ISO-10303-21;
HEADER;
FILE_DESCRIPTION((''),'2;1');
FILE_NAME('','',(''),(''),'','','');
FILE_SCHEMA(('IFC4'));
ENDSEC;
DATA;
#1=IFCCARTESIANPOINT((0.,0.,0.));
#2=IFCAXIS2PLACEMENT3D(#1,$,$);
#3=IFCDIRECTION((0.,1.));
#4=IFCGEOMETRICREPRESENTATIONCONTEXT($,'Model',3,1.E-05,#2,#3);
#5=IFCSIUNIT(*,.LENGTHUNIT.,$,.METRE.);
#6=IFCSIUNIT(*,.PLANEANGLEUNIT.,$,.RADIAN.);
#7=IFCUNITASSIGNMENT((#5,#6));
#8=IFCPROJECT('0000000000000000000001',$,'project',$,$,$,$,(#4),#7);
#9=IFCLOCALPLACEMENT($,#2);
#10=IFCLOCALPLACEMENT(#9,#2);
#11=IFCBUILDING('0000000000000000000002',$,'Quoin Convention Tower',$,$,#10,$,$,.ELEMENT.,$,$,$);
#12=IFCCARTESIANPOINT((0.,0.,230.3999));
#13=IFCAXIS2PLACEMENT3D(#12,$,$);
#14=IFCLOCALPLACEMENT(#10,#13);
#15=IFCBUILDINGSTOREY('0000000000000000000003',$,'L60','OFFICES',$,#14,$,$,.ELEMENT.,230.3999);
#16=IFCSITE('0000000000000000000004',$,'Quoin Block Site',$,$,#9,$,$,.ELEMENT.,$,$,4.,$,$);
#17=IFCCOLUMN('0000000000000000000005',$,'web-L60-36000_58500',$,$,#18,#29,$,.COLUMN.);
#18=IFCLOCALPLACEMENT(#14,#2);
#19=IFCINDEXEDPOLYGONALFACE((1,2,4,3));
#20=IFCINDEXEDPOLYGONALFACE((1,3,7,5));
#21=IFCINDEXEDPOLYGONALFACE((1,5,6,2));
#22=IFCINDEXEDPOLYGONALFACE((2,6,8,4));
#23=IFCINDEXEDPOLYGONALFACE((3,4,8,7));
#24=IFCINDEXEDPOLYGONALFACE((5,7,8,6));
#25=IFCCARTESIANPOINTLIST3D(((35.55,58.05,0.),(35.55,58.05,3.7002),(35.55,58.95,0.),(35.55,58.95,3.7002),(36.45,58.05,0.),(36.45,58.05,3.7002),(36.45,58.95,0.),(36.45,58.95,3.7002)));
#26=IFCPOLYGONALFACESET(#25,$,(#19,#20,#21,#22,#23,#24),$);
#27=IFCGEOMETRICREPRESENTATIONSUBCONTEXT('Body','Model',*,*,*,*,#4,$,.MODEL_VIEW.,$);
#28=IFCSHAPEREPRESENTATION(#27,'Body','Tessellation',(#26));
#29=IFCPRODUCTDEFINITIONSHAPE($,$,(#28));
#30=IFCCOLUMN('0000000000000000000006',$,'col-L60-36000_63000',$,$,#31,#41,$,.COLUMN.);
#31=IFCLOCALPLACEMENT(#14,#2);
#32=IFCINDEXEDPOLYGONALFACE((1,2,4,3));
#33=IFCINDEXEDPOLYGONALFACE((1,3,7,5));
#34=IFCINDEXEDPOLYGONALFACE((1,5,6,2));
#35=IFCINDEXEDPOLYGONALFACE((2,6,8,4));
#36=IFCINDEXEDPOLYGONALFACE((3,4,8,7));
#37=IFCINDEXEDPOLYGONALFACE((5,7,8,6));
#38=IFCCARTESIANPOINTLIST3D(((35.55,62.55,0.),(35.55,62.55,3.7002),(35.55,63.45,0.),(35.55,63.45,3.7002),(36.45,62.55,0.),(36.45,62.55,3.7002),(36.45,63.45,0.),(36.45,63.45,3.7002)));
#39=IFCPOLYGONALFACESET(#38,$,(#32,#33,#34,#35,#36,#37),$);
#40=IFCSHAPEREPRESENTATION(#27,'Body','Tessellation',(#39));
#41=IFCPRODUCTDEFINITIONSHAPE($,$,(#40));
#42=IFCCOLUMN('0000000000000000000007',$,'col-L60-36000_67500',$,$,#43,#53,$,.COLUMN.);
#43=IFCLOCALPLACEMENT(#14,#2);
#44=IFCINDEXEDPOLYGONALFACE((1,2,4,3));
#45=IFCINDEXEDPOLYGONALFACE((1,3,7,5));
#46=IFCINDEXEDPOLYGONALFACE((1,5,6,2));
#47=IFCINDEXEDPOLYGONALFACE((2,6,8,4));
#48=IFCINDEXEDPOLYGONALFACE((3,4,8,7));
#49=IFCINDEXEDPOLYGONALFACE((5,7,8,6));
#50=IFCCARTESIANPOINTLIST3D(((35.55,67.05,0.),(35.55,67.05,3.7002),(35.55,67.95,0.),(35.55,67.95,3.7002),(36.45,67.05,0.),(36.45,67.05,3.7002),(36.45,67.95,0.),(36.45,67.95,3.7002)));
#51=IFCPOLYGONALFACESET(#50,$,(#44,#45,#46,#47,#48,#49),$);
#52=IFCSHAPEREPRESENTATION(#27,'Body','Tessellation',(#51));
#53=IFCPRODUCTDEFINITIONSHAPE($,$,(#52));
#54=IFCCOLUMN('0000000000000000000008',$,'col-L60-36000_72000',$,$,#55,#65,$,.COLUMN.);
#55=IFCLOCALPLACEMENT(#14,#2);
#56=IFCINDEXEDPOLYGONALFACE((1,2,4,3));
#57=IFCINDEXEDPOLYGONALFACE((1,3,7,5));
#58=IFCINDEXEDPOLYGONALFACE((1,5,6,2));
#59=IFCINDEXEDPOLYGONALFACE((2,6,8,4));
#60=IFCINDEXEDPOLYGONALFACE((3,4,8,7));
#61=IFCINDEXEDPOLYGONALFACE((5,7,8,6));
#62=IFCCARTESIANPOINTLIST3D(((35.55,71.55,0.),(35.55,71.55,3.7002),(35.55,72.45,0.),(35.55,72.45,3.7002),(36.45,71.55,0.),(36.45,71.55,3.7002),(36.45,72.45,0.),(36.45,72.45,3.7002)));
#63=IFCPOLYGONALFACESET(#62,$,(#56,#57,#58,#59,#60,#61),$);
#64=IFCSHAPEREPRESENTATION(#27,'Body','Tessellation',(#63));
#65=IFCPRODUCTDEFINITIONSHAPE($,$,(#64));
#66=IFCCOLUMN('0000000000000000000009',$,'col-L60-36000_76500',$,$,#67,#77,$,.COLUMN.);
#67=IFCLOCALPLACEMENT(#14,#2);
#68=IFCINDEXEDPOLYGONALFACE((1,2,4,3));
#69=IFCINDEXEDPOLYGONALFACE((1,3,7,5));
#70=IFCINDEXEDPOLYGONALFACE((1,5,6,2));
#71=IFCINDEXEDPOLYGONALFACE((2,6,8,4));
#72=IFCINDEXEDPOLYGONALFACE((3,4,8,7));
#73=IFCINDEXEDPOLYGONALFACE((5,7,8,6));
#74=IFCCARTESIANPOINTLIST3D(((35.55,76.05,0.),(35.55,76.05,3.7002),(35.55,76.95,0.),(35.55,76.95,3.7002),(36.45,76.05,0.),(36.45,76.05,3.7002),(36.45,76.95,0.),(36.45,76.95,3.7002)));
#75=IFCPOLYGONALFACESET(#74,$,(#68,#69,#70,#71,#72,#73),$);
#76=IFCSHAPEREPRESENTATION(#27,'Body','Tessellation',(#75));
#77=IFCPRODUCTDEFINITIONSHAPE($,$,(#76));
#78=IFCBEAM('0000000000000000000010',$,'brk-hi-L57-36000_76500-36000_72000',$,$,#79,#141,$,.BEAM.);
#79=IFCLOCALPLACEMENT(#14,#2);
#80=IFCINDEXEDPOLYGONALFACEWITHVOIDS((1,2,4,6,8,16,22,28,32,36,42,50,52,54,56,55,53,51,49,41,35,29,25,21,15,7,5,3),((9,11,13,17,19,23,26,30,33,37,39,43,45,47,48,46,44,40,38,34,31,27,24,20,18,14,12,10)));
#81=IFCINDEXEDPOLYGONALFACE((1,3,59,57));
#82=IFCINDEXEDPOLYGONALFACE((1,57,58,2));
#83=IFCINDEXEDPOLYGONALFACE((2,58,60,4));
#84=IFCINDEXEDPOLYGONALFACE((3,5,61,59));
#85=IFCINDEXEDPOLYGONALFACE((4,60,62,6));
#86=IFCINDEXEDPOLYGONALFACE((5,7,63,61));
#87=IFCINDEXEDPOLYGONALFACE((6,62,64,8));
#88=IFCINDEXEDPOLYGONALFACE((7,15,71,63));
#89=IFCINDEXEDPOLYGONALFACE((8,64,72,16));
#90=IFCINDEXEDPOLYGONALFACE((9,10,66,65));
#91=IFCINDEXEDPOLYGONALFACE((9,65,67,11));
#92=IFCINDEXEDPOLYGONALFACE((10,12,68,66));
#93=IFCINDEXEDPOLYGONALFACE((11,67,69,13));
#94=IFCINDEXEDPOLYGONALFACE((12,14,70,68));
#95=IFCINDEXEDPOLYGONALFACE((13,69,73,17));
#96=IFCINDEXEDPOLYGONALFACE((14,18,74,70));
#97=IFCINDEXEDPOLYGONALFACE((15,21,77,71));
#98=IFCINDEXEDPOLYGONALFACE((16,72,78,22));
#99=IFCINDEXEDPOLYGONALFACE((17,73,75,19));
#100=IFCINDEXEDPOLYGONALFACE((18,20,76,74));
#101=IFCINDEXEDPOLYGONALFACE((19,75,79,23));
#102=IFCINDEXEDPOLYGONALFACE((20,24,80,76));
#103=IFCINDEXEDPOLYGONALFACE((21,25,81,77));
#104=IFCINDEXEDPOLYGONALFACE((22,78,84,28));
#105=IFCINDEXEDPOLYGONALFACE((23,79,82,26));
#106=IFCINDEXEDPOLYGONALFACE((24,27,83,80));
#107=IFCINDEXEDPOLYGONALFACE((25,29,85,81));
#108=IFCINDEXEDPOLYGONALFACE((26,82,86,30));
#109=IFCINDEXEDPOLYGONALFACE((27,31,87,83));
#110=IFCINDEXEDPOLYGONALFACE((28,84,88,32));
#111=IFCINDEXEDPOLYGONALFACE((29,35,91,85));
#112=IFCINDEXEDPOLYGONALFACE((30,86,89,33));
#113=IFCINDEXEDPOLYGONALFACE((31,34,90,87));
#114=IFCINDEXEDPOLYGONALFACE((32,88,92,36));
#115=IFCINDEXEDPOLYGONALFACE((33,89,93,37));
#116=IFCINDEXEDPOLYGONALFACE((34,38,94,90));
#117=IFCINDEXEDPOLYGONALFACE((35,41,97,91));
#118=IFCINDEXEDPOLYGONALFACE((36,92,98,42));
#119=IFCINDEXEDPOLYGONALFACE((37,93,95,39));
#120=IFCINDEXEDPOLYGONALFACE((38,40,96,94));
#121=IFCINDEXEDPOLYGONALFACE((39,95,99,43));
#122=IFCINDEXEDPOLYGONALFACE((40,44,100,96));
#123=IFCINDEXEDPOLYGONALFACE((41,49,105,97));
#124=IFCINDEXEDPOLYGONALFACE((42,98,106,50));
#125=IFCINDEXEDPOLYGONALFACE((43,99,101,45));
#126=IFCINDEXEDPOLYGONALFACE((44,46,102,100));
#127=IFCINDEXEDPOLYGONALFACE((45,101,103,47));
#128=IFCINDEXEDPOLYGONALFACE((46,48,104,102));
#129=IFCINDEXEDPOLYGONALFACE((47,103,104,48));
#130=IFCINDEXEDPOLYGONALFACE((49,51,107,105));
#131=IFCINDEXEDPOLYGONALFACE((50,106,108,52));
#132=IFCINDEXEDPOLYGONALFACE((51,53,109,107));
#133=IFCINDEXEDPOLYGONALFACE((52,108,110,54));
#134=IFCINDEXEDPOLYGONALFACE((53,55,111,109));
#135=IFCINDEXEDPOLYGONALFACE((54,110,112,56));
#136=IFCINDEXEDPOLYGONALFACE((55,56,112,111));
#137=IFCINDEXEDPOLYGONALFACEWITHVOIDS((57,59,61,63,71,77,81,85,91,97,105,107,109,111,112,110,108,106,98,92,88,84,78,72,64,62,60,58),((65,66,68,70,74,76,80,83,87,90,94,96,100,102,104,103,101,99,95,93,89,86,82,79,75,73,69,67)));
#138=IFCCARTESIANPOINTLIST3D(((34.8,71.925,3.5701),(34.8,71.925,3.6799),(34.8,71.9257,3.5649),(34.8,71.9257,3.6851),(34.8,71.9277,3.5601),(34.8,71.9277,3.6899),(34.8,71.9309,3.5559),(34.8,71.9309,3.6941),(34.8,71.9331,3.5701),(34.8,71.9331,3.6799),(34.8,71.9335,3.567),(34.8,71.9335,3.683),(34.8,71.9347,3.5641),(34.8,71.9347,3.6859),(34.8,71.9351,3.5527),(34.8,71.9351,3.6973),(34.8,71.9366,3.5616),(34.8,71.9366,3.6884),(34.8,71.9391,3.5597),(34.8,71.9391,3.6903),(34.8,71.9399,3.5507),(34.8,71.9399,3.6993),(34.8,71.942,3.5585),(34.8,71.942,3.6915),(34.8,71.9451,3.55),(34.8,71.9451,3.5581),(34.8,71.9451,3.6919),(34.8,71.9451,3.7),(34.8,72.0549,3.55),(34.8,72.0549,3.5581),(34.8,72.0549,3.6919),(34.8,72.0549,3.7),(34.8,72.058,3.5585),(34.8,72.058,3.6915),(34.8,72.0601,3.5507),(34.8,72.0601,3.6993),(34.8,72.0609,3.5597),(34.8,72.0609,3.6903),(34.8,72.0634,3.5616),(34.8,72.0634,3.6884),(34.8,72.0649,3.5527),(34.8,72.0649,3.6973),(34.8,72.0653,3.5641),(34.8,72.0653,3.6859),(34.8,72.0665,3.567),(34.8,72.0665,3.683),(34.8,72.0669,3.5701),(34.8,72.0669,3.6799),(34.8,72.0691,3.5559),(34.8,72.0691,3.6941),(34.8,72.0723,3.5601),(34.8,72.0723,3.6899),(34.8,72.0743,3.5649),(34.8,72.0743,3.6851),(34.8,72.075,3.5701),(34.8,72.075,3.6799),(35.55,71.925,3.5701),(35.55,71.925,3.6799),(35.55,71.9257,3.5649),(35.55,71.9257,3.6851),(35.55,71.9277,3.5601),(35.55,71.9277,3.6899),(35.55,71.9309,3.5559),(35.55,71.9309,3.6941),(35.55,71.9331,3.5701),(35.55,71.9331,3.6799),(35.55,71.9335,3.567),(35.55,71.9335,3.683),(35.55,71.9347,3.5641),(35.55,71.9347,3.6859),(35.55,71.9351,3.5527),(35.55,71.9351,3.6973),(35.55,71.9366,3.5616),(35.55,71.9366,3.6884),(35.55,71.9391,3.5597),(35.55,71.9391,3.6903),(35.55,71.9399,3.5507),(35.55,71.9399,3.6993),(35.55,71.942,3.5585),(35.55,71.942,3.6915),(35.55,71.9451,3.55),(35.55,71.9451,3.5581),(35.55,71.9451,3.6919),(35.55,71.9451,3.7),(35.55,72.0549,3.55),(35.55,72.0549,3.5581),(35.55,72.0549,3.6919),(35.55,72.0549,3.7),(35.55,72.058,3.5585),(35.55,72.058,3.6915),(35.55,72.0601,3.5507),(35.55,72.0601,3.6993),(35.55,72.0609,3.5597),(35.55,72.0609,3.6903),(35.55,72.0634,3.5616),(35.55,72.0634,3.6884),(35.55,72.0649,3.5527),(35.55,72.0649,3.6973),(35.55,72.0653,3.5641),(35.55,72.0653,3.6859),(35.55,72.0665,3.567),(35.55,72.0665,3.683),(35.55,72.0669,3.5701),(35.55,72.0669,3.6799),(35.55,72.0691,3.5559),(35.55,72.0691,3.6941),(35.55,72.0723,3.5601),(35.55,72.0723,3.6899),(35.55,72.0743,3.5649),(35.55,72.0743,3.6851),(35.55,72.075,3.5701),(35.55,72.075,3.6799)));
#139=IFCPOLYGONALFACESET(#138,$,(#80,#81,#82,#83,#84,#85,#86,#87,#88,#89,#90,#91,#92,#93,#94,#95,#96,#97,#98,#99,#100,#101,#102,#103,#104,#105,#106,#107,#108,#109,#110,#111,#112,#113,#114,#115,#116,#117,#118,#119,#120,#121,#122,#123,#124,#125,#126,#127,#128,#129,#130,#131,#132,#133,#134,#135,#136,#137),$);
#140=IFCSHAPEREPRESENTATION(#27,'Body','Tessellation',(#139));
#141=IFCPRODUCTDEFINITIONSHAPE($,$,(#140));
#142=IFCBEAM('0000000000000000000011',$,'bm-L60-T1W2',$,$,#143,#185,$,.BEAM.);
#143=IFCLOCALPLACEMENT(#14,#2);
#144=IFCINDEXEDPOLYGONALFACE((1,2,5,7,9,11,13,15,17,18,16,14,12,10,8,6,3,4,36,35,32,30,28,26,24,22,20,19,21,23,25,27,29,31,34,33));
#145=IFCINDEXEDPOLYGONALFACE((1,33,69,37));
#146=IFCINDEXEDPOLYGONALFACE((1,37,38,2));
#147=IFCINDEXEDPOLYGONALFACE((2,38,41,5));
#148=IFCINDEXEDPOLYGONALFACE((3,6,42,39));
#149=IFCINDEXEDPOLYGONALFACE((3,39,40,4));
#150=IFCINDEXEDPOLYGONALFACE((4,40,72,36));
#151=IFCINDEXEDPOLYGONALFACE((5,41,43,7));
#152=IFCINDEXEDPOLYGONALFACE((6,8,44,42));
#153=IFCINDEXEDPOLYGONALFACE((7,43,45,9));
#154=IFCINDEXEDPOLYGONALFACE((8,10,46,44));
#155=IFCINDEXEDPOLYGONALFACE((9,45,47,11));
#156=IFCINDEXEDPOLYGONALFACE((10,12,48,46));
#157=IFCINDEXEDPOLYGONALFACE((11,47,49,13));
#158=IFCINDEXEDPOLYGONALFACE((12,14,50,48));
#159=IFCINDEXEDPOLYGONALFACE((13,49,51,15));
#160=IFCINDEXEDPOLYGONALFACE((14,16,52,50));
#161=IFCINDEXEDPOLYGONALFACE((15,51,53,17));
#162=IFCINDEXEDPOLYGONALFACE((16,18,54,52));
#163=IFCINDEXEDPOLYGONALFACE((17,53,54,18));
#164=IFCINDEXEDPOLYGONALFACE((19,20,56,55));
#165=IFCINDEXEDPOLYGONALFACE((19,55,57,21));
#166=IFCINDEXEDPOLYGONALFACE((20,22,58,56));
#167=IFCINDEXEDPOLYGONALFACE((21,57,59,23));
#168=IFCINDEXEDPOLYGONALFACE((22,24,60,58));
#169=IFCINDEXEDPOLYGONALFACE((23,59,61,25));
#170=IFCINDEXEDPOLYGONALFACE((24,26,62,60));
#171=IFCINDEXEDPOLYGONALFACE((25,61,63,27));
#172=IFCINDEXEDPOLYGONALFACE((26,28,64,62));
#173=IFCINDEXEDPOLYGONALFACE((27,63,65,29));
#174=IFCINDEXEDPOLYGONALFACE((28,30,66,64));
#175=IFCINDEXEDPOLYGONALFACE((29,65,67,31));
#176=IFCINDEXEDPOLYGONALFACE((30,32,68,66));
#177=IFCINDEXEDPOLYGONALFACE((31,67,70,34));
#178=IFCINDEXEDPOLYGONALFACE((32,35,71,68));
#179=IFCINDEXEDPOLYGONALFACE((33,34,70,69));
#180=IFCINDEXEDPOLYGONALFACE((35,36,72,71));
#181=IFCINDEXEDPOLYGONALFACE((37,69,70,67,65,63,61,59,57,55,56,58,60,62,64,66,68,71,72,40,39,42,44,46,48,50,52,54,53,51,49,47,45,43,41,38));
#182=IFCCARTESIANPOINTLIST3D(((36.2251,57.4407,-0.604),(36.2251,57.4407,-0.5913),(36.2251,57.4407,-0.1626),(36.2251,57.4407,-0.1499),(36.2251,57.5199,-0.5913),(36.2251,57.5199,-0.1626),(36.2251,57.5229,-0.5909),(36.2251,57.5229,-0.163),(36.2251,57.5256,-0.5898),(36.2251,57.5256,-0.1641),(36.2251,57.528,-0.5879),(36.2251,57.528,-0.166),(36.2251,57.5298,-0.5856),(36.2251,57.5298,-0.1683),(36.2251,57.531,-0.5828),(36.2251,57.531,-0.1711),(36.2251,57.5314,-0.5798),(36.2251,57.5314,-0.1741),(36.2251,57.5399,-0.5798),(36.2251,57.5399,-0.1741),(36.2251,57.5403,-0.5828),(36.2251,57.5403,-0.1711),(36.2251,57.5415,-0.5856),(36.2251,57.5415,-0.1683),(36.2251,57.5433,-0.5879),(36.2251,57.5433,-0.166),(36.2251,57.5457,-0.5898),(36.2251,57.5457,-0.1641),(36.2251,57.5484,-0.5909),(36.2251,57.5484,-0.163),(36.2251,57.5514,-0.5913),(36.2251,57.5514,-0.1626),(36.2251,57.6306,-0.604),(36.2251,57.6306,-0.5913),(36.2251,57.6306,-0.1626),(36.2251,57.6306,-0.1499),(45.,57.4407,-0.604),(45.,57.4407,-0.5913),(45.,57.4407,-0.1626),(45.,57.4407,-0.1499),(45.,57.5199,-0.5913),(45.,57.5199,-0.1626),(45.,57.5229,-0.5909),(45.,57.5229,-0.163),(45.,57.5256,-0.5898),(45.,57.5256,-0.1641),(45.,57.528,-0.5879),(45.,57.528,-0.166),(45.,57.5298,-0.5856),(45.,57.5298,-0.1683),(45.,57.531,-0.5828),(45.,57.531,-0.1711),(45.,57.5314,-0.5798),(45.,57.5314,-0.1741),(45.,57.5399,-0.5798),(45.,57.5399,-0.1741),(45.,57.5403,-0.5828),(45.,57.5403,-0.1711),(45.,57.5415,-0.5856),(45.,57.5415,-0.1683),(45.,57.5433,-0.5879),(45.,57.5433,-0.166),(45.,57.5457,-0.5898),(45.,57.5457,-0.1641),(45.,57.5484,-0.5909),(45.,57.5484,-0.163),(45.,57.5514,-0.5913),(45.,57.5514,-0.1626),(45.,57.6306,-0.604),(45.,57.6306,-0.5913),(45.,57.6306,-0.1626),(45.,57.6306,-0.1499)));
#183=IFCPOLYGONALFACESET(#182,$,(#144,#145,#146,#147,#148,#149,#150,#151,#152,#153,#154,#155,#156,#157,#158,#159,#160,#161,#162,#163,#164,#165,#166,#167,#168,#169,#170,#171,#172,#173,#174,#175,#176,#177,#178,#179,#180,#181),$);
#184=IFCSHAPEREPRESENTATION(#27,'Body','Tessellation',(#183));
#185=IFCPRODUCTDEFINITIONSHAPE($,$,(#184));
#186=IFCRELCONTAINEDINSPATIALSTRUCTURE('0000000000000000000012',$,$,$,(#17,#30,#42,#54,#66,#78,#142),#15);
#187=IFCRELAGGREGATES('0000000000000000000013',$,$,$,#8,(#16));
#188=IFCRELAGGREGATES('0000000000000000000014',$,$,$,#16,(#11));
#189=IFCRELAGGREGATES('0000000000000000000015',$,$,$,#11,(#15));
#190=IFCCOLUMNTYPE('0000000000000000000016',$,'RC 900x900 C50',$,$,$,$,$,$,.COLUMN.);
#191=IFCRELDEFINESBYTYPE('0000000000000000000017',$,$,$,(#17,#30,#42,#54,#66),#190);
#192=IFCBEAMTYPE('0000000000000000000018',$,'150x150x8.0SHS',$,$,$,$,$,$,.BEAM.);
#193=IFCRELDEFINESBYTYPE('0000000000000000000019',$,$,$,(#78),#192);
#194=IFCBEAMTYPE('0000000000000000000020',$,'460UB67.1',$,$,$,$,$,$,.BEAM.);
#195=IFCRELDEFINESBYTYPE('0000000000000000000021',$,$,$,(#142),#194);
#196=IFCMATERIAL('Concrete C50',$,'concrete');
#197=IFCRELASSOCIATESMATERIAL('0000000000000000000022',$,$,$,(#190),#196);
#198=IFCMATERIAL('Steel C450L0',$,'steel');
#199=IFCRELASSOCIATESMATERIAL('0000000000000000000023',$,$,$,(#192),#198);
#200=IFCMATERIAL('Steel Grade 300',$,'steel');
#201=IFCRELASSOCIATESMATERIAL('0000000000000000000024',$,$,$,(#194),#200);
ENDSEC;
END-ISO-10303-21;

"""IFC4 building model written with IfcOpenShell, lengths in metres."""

from ifc_helpers import new_model, si_unit, direction, frame, origin, origin_2d, place, context, subcontext, project, spatial, rectangle, hollow_rectangle, i_section, extrude, material, material_profile, profile_set, type_object, element, save


model = new_model("IFC4")

# Units and contexts
model_context = context("Model", 3, precision=1e-05, world=origin(), true_north=direction((0.0, 1.0)))
body_context = subcontext(model_context, "Body", "Model", "MODEL_VIEW")
ifc_project = project(units=[si_unit("LENGTHUNIT", "METRE"), si_unit("PLANEANGLEUNIT", "RADIAN")], contexts=[model_context])

# Site, building, storey
site_placement = place(None, origin())
site = spatial("IfcSite", under=ifc_project, at=site_placement, Name="Quoin Block Site", CompositionType="ELEMENT", RefElevation=4.0)
building_placement = place(site_placement, origin())
building = spatial("IfcBuilding", under=site, at=building_placement, Name="Quoin Convention Tower", CompositionType="ELEMENT")
storey_placement = place(building_placement, frame((0.0, 0.0, 230.3999)))
storey = spatial("IfcBuildingStorey", under=building, at=storey_placement, Name="L60", Description="OFFICES", CompositionType="ELEMENT", Elevation=230.3999)

# Columns
ifc_material_1 = material(Name="Concrete C50", Category="concrete")
ifc_material_profile_1 = material_profile(ifc_material_1, rectangle(XDim=0.8999, YDim=0.8999, at=origin_2d()), Name="RC 900x900")
ifc_profile_set_1 = profile_set([ifc_material_profile_1], Name="Concrete C50")
column_type = type_object("IfcColumnType", Name="RC 900x900 C50", PredefinedType="COLUMN", material=ifc_profile_set_1)
for number, where, z_axis, x_axis, name in (
    (1, (36.0, 58.5, 0.0), (0.0, 0.0, 1.0), (1.0, 0.0, 0.0), "web-L60-36000_58500"),
    (2, (36.0, 63.0, 0.0), (0.0, 0.0, 1.0), (1.0, 0.0, 0.0), "col-L60-36000_63000"),
    (3, (36.0, 67.5, 0.0), (0.0, 0.0, 1.0), (1.0, 0.0, 0.0), "col-L60-36000_67500"),
    (4, (36.0, 72.0, 0.0), (0.0, 0.0, 1.0), (1.0, 0.0, 0.0), "col-L60-36000_72000"),
    (5, (36.0, 76.5, 0.0), (0.0, 0.0, 1.0), (1.0, 0.0, 0.0), "col-L60-36000_76500"),
):
    element("IfcColumn", number, at=place(storey_placement, frame(where, z_axis=z_axis, x_axis=x_axis)), inside=storey, type_object=column_type, Name=name, PredefinedType="COLUMN", context=body_context, shape_type="SweptSolid", body=[
        extrude(rectangle(XDim=0.8999, YDim=0.8999, at=origin_2d()), origin(), (0.0, 0.0, 1.0), 3.7002),
    ])

# Beams
ifc_material_2 = material(Name="Steel C450L0", Category="steel")
ifc_material_profile_2 = material_profile(ifc_material_2, hollow_rectangle(XDim=0.1499, YDim=0.1499, WallThickness=0.0081, InnerFilletRadius=0.012, OuterFilletRadius=0.02, at=origin_2d()), Name="150x150x8.0SHS")
ifc_profile_set_2 = profile_set([ifc_material_profile_2], Name="Steel C450L0")
beam_type_1 = type_object("IfcBeamType", Name="150x150x8.0SHS", PredefinedType="BEAM", material=ifc_profile_set_2)
beam_placement = place(storey_placement, frame((35.55, 72.0, 3.625), z_axis=(-1.0, 0.0, 0.0), x_axis=(0.0, -1.0, 0.0)))
element("IfcBeam", 6, at=beam_placement, inside=storey, type_object=beam_type_1, Name="brk-hi-L57-36000_76500-36000_72000", PredefinedType="BEAM", context=body_context, shape_type="SweptSolid", body=[
    extrude(hollow_rectangle(XDim=0.1499, YDim=0.1499, WallThickness=0.0081, InnerFilletRadius=0.012, OuterFilletRadius=0.02, at=origin_2d()), origin(), (0.0, 0.0, 1.0), 0.75),
])
ifc_material_3 = material(Name="Steel Grade 300", Category="steel")
ifc_material_profile_3 = material_profile(ifc_material_3, i_section(OverallWidth=0.1899, OverallDepth=0.4541, WebThickness=0.0085, FlangeThickness=0.0127, FilletRadius=0.0115, at=origin_2d()), Name="460UB67.1")
ifc_profile_set_3 = profile_set([ifc_material_profile_3], Name="Steel Grade 300")
beam_type_2 = type_object("IfcBeamType", Name="460UB67.1", PredefinedType="BEAM", material=ifc_profile_set_3)
for number, where, z_axis, x_axis, name in (
    (7, (36.2251, 57.5356, -0.377), (1.0, 0.0, 0.0), (0.0, 1.0, 0.0), "bm-L60-T1W2"),
):
    element("IfcBeam", number, at=place(storey_placement, frame(where, z_axis=z_axis, x_axis=x_axis)), inside=storey, type_object=beam_type_2, Name=name, PredefinedType="BEAM", context=body_context, shape_type="SweptSolid", body=[
        extrude(i_section(OverallWidth=0.1899, OverallDepth=0.4541, WebThickness=0.0085, FlangeThickness=0.0127, FilletRadius=0.0115, at=origin_2d()), origin(), (0.0, 0.0, 1.0), 8.7749),
    ])

save(model, "model.ifc")
